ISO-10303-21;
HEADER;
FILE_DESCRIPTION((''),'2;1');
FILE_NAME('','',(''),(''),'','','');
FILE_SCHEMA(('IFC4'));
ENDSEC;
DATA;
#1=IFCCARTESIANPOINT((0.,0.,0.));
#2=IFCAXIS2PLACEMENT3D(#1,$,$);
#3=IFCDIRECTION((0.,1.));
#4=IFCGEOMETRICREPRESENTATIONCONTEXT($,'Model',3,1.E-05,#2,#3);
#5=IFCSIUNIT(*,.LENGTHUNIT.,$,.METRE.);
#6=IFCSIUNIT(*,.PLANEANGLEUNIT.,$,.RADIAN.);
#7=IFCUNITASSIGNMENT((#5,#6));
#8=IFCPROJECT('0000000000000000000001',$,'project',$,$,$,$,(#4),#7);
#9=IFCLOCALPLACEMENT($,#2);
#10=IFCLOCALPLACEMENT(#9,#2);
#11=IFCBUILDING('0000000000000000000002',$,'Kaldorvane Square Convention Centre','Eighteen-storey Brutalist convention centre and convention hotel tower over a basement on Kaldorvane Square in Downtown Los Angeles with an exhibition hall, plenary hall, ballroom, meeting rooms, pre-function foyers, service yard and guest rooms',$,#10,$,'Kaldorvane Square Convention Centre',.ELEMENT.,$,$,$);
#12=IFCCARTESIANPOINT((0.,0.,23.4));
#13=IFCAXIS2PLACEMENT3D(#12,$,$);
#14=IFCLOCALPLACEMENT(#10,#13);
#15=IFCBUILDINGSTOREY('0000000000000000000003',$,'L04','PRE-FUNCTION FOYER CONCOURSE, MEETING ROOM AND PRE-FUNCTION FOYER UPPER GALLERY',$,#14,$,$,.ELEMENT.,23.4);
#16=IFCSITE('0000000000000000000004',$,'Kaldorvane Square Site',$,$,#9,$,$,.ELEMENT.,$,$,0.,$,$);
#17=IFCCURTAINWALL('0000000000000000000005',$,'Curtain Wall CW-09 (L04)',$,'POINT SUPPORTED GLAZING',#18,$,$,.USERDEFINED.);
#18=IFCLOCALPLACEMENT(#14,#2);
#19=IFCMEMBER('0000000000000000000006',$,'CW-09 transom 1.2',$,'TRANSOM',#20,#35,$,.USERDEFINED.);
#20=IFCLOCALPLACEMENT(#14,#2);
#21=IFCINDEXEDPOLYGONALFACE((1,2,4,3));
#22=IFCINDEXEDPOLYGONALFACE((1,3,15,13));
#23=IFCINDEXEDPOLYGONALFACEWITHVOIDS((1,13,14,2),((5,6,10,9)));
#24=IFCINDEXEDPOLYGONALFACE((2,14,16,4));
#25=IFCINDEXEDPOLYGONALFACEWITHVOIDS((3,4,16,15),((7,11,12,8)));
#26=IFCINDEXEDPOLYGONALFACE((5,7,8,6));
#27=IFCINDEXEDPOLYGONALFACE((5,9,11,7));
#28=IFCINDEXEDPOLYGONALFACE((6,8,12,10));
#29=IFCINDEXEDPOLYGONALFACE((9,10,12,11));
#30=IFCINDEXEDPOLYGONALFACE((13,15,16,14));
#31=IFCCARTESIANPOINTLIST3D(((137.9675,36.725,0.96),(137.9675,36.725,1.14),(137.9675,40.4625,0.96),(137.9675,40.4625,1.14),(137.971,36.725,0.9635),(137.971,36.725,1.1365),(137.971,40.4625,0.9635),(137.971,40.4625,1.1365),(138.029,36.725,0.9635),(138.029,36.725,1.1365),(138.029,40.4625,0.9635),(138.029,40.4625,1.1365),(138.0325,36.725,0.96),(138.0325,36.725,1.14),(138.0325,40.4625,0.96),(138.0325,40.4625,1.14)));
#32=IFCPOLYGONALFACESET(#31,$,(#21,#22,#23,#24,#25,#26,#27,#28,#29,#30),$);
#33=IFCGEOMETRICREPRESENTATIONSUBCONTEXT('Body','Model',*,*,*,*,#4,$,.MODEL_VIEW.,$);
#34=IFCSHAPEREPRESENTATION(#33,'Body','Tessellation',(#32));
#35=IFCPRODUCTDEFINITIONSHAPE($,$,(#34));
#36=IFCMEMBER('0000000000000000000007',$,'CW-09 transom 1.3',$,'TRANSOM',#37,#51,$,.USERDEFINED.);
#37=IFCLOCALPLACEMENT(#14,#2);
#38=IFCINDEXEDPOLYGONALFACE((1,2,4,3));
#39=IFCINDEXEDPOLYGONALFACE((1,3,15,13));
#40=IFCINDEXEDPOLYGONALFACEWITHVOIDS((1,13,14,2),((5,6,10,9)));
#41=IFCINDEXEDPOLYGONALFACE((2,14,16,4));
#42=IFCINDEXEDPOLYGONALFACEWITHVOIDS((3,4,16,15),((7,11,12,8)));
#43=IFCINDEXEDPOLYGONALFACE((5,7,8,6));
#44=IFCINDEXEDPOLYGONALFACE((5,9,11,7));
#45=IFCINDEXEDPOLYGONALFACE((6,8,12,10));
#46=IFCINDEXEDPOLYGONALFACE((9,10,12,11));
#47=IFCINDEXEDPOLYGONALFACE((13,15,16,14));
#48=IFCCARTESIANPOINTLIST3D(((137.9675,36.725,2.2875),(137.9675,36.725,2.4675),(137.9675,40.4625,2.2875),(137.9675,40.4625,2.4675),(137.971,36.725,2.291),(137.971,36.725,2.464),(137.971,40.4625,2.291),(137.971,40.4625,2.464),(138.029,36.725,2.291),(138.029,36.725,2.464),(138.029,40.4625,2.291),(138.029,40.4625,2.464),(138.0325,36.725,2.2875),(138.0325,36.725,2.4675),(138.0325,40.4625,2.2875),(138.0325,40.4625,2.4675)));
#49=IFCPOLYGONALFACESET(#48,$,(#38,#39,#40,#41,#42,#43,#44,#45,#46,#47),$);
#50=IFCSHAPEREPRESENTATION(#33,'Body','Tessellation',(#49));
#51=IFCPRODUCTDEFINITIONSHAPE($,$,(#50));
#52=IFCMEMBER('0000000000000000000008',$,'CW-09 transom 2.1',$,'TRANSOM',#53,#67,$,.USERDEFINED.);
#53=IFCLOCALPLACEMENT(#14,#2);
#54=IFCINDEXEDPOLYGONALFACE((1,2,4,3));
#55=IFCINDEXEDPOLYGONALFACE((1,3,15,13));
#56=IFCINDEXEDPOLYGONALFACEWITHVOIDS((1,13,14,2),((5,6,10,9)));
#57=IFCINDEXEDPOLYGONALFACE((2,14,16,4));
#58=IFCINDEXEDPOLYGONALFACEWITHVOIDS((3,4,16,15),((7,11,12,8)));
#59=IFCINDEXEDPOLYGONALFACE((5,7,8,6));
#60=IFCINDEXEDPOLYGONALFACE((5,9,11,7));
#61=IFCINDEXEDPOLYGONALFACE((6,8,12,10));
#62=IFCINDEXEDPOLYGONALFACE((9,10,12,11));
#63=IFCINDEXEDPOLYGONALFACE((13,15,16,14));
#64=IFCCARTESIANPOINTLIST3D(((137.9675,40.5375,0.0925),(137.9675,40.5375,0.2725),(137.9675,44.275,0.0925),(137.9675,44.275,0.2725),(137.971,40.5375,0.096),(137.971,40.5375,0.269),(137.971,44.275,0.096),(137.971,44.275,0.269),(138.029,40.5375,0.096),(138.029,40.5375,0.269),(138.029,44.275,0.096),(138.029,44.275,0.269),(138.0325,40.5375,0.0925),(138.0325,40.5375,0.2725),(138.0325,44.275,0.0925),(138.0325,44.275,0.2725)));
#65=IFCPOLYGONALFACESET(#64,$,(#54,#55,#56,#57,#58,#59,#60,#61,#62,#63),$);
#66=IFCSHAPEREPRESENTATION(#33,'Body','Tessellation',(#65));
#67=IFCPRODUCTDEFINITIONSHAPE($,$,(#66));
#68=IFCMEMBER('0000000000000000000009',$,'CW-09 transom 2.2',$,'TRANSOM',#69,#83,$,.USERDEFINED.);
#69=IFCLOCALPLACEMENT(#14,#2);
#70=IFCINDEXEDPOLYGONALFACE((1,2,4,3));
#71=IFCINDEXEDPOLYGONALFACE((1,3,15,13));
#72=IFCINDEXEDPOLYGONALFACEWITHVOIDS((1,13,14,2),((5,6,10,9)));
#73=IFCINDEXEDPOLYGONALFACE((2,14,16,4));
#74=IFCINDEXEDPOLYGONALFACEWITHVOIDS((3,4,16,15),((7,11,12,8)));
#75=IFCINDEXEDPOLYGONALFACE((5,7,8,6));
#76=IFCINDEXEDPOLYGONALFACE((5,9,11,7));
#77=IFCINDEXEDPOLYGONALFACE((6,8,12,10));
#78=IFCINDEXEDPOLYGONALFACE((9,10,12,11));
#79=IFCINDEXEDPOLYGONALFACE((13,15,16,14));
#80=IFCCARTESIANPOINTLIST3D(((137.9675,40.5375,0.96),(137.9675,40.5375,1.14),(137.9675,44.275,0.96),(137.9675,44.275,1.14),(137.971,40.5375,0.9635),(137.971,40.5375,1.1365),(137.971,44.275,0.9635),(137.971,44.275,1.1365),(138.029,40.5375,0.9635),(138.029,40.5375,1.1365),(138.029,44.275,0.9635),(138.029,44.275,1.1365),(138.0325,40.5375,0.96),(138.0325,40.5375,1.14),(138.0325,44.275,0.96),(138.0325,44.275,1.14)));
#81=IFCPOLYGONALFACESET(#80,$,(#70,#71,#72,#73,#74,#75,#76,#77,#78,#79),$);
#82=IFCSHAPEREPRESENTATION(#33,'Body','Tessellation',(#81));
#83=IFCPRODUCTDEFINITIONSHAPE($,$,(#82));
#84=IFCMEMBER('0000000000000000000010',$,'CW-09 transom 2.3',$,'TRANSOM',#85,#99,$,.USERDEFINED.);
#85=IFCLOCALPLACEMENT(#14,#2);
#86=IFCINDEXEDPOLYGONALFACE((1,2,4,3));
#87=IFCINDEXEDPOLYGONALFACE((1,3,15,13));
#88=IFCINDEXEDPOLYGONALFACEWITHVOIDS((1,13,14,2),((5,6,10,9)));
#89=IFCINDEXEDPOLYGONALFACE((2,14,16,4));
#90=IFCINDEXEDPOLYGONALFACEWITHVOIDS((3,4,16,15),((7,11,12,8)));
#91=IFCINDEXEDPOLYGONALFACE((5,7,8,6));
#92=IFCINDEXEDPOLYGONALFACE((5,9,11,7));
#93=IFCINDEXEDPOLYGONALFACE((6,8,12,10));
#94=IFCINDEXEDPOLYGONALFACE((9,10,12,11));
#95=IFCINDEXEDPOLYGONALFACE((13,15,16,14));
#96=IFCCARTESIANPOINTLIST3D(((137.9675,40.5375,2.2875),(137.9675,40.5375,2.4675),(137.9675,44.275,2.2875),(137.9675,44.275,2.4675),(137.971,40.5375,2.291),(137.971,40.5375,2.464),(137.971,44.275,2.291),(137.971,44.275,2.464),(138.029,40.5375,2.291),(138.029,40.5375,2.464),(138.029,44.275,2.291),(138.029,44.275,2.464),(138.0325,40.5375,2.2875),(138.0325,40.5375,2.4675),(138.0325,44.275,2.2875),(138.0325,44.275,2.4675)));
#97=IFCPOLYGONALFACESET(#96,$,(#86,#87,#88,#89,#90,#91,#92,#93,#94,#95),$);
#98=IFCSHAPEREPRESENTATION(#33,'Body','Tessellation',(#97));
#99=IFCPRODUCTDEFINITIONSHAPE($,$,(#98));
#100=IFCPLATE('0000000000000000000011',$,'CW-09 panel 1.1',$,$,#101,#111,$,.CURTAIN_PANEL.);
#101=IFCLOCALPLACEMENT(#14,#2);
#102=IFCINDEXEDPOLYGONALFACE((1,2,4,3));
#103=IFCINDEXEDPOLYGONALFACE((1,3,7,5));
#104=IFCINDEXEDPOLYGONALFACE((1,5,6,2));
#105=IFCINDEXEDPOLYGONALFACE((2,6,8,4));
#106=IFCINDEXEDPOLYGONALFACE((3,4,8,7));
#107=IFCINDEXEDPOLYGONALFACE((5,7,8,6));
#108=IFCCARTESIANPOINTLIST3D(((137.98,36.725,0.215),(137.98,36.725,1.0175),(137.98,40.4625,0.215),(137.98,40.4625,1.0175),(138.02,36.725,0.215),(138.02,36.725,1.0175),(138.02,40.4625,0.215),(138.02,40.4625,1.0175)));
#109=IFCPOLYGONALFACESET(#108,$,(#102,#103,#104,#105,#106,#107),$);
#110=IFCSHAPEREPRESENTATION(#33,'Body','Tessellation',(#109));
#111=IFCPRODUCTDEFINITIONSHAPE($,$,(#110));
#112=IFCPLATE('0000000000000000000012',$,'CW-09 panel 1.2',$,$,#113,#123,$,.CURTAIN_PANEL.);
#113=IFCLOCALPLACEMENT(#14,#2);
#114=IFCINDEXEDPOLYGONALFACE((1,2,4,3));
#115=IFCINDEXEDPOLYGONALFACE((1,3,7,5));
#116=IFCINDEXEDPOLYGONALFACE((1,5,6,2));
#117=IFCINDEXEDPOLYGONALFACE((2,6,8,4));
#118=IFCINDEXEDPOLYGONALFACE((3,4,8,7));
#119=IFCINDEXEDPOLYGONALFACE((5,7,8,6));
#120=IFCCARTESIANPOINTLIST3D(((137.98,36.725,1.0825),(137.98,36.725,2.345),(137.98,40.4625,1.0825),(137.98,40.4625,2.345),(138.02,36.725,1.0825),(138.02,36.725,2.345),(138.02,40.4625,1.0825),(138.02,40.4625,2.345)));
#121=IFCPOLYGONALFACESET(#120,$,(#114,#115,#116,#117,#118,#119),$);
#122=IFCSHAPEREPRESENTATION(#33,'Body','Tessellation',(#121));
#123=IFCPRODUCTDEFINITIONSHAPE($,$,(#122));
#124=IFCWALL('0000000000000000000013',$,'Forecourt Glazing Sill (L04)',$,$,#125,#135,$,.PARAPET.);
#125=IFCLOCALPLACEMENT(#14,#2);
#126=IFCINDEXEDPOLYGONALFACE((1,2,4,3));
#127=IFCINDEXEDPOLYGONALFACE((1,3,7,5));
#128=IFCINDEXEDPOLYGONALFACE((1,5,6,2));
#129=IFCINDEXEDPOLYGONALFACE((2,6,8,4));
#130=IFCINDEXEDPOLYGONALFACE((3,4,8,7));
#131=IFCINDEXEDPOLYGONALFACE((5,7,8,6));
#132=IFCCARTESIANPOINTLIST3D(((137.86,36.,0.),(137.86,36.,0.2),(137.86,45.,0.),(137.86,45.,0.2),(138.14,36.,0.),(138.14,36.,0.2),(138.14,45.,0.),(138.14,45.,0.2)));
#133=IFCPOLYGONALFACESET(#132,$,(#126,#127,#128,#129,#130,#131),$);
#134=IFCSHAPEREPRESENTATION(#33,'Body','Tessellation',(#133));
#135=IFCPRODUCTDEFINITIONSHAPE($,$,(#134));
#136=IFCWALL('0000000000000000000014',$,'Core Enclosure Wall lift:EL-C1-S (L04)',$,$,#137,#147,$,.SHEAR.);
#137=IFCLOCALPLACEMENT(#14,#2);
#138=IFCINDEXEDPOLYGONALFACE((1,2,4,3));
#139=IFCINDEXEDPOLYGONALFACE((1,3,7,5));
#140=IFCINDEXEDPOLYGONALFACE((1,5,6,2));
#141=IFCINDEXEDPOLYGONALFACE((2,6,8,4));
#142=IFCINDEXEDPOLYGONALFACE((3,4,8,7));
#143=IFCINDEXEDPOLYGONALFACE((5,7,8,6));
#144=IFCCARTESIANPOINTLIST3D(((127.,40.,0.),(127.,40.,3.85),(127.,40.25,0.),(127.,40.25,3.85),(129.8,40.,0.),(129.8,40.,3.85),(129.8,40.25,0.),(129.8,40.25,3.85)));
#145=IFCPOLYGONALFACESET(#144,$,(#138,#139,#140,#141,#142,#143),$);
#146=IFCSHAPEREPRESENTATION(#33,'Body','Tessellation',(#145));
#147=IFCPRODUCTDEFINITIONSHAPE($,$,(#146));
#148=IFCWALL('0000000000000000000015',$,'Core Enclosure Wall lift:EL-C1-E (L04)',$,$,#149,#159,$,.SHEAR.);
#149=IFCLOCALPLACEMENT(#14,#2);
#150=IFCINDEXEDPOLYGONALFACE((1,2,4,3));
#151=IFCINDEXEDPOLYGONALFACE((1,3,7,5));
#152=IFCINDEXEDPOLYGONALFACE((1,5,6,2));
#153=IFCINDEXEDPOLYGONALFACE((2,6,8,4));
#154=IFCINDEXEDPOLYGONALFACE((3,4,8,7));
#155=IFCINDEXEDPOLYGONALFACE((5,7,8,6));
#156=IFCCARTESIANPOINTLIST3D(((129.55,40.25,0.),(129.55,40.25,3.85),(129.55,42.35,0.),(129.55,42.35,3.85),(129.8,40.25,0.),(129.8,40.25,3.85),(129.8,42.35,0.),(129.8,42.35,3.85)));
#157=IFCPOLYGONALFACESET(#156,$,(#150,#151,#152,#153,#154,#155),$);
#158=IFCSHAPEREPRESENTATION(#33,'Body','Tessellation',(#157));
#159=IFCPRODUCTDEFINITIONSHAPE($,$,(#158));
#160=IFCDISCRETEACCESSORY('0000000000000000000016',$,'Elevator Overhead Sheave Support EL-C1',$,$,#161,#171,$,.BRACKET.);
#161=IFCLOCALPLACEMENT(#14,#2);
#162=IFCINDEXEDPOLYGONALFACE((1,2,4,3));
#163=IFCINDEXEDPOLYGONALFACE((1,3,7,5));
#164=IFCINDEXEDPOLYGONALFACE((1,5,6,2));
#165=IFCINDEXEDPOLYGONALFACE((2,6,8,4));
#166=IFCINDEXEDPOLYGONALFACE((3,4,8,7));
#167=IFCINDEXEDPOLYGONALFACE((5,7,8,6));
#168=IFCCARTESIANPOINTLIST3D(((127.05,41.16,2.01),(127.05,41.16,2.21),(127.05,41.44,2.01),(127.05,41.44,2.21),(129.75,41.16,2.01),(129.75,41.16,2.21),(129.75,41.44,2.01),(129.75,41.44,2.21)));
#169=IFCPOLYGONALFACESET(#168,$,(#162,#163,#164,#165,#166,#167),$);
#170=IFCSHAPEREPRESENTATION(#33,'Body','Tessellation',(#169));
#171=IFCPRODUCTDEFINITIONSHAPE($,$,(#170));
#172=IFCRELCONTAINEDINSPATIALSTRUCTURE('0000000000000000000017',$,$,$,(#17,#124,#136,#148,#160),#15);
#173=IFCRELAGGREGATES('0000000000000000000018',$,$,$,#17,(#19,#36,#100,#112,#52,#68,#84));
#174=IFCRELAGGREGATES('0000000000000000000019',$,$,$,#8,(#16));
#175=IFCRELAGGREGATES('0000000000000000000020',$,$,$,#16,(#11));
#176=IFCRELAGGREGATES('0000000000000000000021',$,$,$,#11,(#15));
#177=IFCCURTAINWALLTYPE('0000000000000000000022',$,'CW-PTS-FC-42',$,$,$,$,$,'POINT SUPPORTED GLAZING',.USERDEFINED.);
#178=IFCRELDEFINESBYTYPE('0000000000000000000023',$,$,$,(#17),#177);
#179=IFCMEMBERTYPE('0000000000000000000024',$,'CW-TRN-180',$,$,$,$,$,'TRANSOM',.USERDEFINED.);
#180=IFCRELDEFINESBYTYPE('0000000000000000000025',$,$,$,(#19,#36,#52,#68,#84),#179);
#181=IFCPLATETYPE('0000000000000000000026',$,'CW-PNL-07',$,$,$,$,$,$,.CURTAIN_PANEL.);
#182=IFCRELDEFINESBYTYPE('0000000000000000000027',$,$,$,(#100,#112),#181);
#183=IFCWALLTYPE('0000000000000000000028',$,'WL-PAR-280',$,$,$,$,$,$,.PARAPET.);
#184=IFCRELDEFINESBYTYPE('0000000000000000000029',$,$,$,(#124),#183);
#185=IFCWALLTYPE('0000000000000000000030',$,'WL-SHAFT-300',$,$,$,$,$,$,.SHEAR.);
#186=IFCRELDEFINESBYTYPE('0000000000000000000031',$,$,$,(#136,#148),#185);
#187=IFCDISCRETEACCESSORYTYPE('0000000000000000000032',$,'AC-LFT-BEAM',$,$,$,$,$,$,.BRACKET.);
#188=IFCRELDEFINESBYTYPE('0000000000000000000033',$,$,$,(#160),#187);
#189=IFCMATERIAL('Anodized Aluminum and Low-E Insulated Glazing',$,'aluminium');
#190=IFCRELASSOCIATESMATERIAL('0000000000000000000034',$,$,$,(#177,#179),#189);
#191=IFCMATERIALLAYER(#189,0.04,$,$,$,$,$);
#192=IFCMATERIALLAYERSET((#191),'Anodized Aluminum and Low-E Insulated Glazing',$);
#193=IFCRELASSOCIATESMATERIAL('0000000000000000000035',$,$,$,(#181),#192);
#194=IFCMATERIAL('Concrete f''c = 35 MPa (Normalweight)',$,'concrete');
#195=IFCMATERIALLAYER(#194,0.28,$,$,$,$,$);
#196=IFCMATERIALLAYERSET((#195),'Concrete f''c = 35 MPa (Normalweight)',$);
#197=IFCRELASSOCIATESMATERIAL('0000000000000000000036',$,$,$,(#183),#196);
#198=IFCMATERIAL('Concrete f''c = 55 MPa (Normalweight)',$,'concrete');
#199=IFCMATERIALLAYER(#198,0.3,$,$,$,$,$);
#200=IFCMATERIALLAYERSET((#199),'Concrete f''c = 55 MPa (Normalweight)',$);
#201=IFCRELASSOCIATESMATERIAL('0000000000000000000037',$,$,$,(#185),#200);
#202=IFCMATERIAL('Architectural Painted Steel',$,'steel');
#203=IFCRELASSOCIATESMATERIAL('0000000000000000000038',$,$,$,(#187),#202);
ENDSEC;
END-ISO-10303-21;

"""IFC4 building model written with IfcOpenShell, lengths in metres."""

from ifc_helpers import new_model, si_unit, direction, frame, frame_2d, origin, origin_2d, place, context, subcontext, project, spatial, rectangle, hollow_rectangle, extrude, material, layer, layer_set, material_profile, profile_set, type_object, element, aggregate, save


model = new_model("IFC4")

# Units and contexts
model_context = context("Model", 3, precision=1e-05, world=origin(), true_north=direction((0.0, 1.0)))
body_context = subcontext(model_context, "Body", "Model", "MODEL_VIEW")
ifc_project = project(units=[si_unit("LENGTHUNIT", "METRE"), si_unit("PLANEANGLEUNIT", "RADIAN")], contexts=[model_context])

# Site, building, storey
site_placement = place(None, origin())
site = spatial("IfcSite", under=ifc_project, at=site_placement, Name="Kaldorvane Square Site", CompositionType="ELEMENT", RefElevation=0.0)
building_placement = place(site_placement, origin())
building = spatial("IfcBuilding", under=site, at=building_placement, Name="Kaldorvane Square Convention Centre", Description="Eighteen-storey Brutalist convention centre and convention hotel tower over a basement on Kaldorvane Square in Downtown Los Angeles with an exhibition hall, plenary hall, ballroom, meeting rooms, pre-function foyers, service yard and guest rooms", LongName="Kaldorvane Square Convention Centre", CompositionType="ELEMENT")
storey_placement = place(building_placement, frame((0.0, 0.0, 23.4)))
storey = spatial("IfcBuildingStorey", under=building, at=storey_placement, Name="L04", Description="PRE-FUNCTION FOYER CONCOURSE, MEETING ROOM AND PRE-FUNCTION FOYER UPPER GALLERY", CompositionType="ELEMENT", Elevation=23.4)

# Curtain wall, members, plates
ifc_material_1 = material(Name="Anodized Aluminum and Low-E Insulated Glazing", Category="aluminium")
curtain_wall_type = type_object("IfcCurtainWallType", Name="CW-PTS-FC-42", ElementType="POINT SUPPORTED GLAZING", PredefinedType="USERDEFINED", material=ifc_material_1)
curtain_wall_placement = place(storey_placement, origin())
curtain_wall = element("IfcCurtainWall", 1, at=curtain_wall_placement, inside=storey, type_object=curtain_wall_type, Name="Curtain Wall CW-09 (L04)", ObjectType="POINT SUPPORTED GLAZING", PredefinedType="USERDEFINED")
ifc_material_profile_1 = material_profile(ifc_material_1, hollow_rectangle(XDim=0.065, YDim=0.18, WallThickness=0.0035, at=origin_2d()), Name="CWT-180X65")
ifc_profile_set_1 = profile_set([ifc_material_profile_1], Name="Anodized Aluminum and Low-E Insulated Glazing")
member_type_1 = type_object("IfcMemberType", Name="CW-TRN-180", ElementType="TRANSOM", PredefinedType="USERDEFINED", material=ifc_profile_set_1)
member_1_placement = place(storey_placement, frame((138.0, 36.725, 1.05), z_axis=(0.0, 1.0, 0.0), x_axis=(-1.0, 0.0, 0.0)))
member_1 = element("IfcMember", 2, at=member_1_placement, type_object=member_type_1, Name="CW-09 transom 1.2", ObjectType="TRANSOM", PredefinedType="USERDEFINED", context=body_context, shape_type="SweptSolid", body=[
    extrude(hollow_rectangle(XDim=0.065, YDim=0.18, WallThickness=0.0035, at=origin_2d()), origin(), (0.0, 0.0, 1.0), 3.7375),
])
member_2_placement = place(storey_placement, frame((138.0, 36.725, 2.3775), z_axis=(0.0, 1.0, 0.0), x_axis=(-1.0, 0.0, 0.0)))
member_2 = element("IfcMember", 3, at=member_2_placement, type_object=member_type_1, Name="CW-09 transom 1.3", ObjectType="TRANSOM", PredefinedType="USERDEFINED", context=body_context, shape_type="SweptSolid", body=[
    extrude(hollow_rectangle(XDim=0.065, YDim=0.18, WallThickness=0.0035, at=origin_2d()), origin(), (0.0, 0.0, 1.0), 3.7375),
])
member_3_placement = place(storey_placement, frame((138.0, 40.5375, 0.1825), z_axis=(0.0, 1.0, 0.0), x_axis=(-1.0, 0.0, 0.0)))
member_3 = element("IfcMember", 4, at=member_3_placement, type_object=member_type_1, Name="CW-09 transom 2.1", ObjectType="TRANSOM", PredefinedType="USERDEFINED", context=body_context, shape_type="SweptSolid", body=[
    extrude(hollow_rectangle(XDim=0.065, YDim=0.18, WallThickness=0.0035, at=origin_2d()), origin(), (0.0, 0.0, 1.0), 3.7375),
])
member_4_placement = place(storey_placement, frame((138.0, 40.5375, 1.05), z_axis=(0.0, 1.0, 0.0), x_axis=(-1.0, 0.0, 0.0)))
member_4 = element("IfcMember", 5, at=member_4_placement, type_object=member_type_1, Name="CW-09 transom 2.2", ObjectType="TRANSOM", PredefinedType="USERDEFINED", context=body_context, shape_type="SweptSolid", body=[
    extrude(hollow_rectangle(XDim=0.065, YDim=0.18, WallThickness=0.0035, at=origin_2d()), origin(), (0.0, 0.0, 1.0), 3.7375),
])
member_5_placement = place(storey_placement, frame((138.0, 40.5375, 2.3775), z_axis=(0.0, 1.0, 0.0), x_axis=(-1.0, 0.0, 0.0)))
member_5 = element("IfcMember", 6, at=member_5_placement, type_object=member_type_1, Name="CW-09 transom 2.3", ObjectType="TRANSOM", PredefinedType="USERDEFINED", context=body_context, shape_type="SweptSolid", body=[
    extrude(hollow_rectangle(XDim=0.065, YDim=0.18, WallThickness=0.0035, at=origin_2d()), origin(), (0.0, 0.0, 1.0), 3.7375),
])
ifc_layer_1 = layer(ifc_material_1, 0.04)
ifc_layer_set_1 = layer_set([ifc_layer_1], Name="Anodized Aluminum and Low-E Insulated Glazing")
plate_type = type_object("IfcPlateType", Name="CW-PNL-07", PredefinedType="CURTAIN_PANEL", material=ifc_layer_set_1)
plate_1_placement = place(storey_placement, frame((138.0, 38.5938, 0.215), z_axis=(0.0, 0.0, 1.0), x_axis=(0.0, 1.0, 0.0)))
plate_1 = element("IfcPlate", 7, at=plate_1_placement, type_object=plate_type, Name="CW-09 panel 1.1", PredefinedType="CURTAIN_PANEL", context=body_context, shape_type="SweptSolid", body=[
    extrude(rectangle(XDim=3.7375, YDim=0.04, at=origin_2d()), origin(), (0.0, 0.0, 1.0), 0.8025),
])
plate_2_placement = place(storey_placement, frame((138.0, 38.5938, 1.0825), z_axis=(0.0, 0.0, 1.0), x_axis=(0.0, 1.0, 0.0)))
plate_2 = element("IfcPlate", 8, at=plate_2_placement, type_object=plate_type, Name="CW-09 panel 1.2", PredefinedType="CURTAIN_PANEL", context=body_context, shape_type="SweptSolid", body=[
    extrude(rectangle(XDim=3.7375, YDim=0.04, at=origin_2d()), origin(), (0.0, 0.0, 1.0), 1.2625),
])
aggregate(curtain_wall, [member_1, member_2, plate_1, plate_2, member_3, member_4, member_5])

# Walls
ifc_material_2 = material(Name="Concrete f'c = 35 MPa (Normalweight)", Category="concrete")
ifc_layer_2 = layer(ifc_material_2, 0.28)
ifc_layer_set_2 = layer_set([ifc_layer_2], Name="Concrete f'c = 35 MPa (Normalweight)")
wall_type_1 = type_object("IfcWallType", Name="WL-PAR-280", PredefinedType="PARAPET", material=ifc_layer_set_2)
wall_1_placement = place(storey_placement, frame((138.0, 36.0, 0.0), z_axis=(0.0, 0.0, 1.0), x_axis=(0.0, 1.0, 0.0)))
element("IfcWall", 9, at=wall_1_placement, inside=storey, type_object=wall_type_1, Name="Forecourt Glazing Sill (L04)", PredefinedType="PARAPET", context=body_context, shape_type="SweptSolid", body=[
    extrude(rectangle(XDim=9.0, YDim=0.28, at=frame_2d((4.5, 0.0))), origin(), (0.0, 0.0, 1.0), 0.2),
])
ifc_material_3 = material(Name="Concrete f'c = 55 MPa (Normalweight)", Category="concrete")
ifc_layer_3 = layer(ifc_material_3, 0.3)
ifc_layer_set_3 = layer_set([ifc_layer_3], Name="Concrete f'c = 55 MPa (Normalweight)")
wall_type_2 = type_object("IfcWallType", Name="WL-SHAFT-300", PredefinedType="SHEAR", material=ifc_layer_set_3)
wall_2_placement = place(storey_placement, frame((127.0, 40.125, 0.0), z_axis=(0.0, 0.0, 1.0), x_axis=(1.0, 0.0, 0.0)))
element("IfcWall", 10, at=wall_2_placement, inside=storey, type_object=wall_type_2, Name="Core Enclosure Wall lift:EL-C1-S (L04)", PredefinedType="SHEAR", context=body_context, shape_type="SweptSolid", body=[
    extrude(rectangle(XDim=2.8, YDim=0.25, at=frame_2d((1.4, 0.0))), origin(), (0.0, 0.0, 1.0), 3.85),
])
wall_3_placement = place(storey_placement, frame((129.675, 40.25, 0.0), z_axis=(0.0, 0.0, 1.0), x_axis=(0.0, 1.0, 0.0)))
element("IfcWall", 11, at=wall_3_placement, inside=storey, type_object=wall_type_2, Name="Core Enclosure Wall lift:EL-C1-E (L04)", PredefinedType="SHEAR", context=body_context, shape_type="SweptSolid", body=[
    extrude(rectangle(XDim=2.1, YDim=0.25, at=frame_2d((1.05, 0.0))), origin(), (0.0, 0.0, 1.0), 3.85),
])

# Discrete accessory
ifc_material_4 = material(Name="Architectural Painted Steel", Category="steel")
discrete_accessory_type = type_object("IfcDiscreteAccessoryType", Name="AC-LFT-BEAM", PredefinedType="BRACKET", material=ifc_material_4)
discrete_accessory_placement = place(storey_placement, frame((128.4, 41.3, 2.01), z_axis=(0.0, 0.0, 1.0), x_axis=(1.0, 0.0, 0.0)))
element("IfcDiscreteAccessory", 12, at=discrete_accessory_placement, inside=storey, type_object=discrete_accessory_type, Name="Elevator Overhead Sheave Support EL-C1", PredefinedType="BRACKET", context=body_context, shape_type="SweptSolid", body=[
    extrude(rectangle(XDim=2.7, YDim=0.28, at=origin_2d()), origin(), (0.0, 0.0, 1.0), 0.2),
])

save(model, "model.ifc")
